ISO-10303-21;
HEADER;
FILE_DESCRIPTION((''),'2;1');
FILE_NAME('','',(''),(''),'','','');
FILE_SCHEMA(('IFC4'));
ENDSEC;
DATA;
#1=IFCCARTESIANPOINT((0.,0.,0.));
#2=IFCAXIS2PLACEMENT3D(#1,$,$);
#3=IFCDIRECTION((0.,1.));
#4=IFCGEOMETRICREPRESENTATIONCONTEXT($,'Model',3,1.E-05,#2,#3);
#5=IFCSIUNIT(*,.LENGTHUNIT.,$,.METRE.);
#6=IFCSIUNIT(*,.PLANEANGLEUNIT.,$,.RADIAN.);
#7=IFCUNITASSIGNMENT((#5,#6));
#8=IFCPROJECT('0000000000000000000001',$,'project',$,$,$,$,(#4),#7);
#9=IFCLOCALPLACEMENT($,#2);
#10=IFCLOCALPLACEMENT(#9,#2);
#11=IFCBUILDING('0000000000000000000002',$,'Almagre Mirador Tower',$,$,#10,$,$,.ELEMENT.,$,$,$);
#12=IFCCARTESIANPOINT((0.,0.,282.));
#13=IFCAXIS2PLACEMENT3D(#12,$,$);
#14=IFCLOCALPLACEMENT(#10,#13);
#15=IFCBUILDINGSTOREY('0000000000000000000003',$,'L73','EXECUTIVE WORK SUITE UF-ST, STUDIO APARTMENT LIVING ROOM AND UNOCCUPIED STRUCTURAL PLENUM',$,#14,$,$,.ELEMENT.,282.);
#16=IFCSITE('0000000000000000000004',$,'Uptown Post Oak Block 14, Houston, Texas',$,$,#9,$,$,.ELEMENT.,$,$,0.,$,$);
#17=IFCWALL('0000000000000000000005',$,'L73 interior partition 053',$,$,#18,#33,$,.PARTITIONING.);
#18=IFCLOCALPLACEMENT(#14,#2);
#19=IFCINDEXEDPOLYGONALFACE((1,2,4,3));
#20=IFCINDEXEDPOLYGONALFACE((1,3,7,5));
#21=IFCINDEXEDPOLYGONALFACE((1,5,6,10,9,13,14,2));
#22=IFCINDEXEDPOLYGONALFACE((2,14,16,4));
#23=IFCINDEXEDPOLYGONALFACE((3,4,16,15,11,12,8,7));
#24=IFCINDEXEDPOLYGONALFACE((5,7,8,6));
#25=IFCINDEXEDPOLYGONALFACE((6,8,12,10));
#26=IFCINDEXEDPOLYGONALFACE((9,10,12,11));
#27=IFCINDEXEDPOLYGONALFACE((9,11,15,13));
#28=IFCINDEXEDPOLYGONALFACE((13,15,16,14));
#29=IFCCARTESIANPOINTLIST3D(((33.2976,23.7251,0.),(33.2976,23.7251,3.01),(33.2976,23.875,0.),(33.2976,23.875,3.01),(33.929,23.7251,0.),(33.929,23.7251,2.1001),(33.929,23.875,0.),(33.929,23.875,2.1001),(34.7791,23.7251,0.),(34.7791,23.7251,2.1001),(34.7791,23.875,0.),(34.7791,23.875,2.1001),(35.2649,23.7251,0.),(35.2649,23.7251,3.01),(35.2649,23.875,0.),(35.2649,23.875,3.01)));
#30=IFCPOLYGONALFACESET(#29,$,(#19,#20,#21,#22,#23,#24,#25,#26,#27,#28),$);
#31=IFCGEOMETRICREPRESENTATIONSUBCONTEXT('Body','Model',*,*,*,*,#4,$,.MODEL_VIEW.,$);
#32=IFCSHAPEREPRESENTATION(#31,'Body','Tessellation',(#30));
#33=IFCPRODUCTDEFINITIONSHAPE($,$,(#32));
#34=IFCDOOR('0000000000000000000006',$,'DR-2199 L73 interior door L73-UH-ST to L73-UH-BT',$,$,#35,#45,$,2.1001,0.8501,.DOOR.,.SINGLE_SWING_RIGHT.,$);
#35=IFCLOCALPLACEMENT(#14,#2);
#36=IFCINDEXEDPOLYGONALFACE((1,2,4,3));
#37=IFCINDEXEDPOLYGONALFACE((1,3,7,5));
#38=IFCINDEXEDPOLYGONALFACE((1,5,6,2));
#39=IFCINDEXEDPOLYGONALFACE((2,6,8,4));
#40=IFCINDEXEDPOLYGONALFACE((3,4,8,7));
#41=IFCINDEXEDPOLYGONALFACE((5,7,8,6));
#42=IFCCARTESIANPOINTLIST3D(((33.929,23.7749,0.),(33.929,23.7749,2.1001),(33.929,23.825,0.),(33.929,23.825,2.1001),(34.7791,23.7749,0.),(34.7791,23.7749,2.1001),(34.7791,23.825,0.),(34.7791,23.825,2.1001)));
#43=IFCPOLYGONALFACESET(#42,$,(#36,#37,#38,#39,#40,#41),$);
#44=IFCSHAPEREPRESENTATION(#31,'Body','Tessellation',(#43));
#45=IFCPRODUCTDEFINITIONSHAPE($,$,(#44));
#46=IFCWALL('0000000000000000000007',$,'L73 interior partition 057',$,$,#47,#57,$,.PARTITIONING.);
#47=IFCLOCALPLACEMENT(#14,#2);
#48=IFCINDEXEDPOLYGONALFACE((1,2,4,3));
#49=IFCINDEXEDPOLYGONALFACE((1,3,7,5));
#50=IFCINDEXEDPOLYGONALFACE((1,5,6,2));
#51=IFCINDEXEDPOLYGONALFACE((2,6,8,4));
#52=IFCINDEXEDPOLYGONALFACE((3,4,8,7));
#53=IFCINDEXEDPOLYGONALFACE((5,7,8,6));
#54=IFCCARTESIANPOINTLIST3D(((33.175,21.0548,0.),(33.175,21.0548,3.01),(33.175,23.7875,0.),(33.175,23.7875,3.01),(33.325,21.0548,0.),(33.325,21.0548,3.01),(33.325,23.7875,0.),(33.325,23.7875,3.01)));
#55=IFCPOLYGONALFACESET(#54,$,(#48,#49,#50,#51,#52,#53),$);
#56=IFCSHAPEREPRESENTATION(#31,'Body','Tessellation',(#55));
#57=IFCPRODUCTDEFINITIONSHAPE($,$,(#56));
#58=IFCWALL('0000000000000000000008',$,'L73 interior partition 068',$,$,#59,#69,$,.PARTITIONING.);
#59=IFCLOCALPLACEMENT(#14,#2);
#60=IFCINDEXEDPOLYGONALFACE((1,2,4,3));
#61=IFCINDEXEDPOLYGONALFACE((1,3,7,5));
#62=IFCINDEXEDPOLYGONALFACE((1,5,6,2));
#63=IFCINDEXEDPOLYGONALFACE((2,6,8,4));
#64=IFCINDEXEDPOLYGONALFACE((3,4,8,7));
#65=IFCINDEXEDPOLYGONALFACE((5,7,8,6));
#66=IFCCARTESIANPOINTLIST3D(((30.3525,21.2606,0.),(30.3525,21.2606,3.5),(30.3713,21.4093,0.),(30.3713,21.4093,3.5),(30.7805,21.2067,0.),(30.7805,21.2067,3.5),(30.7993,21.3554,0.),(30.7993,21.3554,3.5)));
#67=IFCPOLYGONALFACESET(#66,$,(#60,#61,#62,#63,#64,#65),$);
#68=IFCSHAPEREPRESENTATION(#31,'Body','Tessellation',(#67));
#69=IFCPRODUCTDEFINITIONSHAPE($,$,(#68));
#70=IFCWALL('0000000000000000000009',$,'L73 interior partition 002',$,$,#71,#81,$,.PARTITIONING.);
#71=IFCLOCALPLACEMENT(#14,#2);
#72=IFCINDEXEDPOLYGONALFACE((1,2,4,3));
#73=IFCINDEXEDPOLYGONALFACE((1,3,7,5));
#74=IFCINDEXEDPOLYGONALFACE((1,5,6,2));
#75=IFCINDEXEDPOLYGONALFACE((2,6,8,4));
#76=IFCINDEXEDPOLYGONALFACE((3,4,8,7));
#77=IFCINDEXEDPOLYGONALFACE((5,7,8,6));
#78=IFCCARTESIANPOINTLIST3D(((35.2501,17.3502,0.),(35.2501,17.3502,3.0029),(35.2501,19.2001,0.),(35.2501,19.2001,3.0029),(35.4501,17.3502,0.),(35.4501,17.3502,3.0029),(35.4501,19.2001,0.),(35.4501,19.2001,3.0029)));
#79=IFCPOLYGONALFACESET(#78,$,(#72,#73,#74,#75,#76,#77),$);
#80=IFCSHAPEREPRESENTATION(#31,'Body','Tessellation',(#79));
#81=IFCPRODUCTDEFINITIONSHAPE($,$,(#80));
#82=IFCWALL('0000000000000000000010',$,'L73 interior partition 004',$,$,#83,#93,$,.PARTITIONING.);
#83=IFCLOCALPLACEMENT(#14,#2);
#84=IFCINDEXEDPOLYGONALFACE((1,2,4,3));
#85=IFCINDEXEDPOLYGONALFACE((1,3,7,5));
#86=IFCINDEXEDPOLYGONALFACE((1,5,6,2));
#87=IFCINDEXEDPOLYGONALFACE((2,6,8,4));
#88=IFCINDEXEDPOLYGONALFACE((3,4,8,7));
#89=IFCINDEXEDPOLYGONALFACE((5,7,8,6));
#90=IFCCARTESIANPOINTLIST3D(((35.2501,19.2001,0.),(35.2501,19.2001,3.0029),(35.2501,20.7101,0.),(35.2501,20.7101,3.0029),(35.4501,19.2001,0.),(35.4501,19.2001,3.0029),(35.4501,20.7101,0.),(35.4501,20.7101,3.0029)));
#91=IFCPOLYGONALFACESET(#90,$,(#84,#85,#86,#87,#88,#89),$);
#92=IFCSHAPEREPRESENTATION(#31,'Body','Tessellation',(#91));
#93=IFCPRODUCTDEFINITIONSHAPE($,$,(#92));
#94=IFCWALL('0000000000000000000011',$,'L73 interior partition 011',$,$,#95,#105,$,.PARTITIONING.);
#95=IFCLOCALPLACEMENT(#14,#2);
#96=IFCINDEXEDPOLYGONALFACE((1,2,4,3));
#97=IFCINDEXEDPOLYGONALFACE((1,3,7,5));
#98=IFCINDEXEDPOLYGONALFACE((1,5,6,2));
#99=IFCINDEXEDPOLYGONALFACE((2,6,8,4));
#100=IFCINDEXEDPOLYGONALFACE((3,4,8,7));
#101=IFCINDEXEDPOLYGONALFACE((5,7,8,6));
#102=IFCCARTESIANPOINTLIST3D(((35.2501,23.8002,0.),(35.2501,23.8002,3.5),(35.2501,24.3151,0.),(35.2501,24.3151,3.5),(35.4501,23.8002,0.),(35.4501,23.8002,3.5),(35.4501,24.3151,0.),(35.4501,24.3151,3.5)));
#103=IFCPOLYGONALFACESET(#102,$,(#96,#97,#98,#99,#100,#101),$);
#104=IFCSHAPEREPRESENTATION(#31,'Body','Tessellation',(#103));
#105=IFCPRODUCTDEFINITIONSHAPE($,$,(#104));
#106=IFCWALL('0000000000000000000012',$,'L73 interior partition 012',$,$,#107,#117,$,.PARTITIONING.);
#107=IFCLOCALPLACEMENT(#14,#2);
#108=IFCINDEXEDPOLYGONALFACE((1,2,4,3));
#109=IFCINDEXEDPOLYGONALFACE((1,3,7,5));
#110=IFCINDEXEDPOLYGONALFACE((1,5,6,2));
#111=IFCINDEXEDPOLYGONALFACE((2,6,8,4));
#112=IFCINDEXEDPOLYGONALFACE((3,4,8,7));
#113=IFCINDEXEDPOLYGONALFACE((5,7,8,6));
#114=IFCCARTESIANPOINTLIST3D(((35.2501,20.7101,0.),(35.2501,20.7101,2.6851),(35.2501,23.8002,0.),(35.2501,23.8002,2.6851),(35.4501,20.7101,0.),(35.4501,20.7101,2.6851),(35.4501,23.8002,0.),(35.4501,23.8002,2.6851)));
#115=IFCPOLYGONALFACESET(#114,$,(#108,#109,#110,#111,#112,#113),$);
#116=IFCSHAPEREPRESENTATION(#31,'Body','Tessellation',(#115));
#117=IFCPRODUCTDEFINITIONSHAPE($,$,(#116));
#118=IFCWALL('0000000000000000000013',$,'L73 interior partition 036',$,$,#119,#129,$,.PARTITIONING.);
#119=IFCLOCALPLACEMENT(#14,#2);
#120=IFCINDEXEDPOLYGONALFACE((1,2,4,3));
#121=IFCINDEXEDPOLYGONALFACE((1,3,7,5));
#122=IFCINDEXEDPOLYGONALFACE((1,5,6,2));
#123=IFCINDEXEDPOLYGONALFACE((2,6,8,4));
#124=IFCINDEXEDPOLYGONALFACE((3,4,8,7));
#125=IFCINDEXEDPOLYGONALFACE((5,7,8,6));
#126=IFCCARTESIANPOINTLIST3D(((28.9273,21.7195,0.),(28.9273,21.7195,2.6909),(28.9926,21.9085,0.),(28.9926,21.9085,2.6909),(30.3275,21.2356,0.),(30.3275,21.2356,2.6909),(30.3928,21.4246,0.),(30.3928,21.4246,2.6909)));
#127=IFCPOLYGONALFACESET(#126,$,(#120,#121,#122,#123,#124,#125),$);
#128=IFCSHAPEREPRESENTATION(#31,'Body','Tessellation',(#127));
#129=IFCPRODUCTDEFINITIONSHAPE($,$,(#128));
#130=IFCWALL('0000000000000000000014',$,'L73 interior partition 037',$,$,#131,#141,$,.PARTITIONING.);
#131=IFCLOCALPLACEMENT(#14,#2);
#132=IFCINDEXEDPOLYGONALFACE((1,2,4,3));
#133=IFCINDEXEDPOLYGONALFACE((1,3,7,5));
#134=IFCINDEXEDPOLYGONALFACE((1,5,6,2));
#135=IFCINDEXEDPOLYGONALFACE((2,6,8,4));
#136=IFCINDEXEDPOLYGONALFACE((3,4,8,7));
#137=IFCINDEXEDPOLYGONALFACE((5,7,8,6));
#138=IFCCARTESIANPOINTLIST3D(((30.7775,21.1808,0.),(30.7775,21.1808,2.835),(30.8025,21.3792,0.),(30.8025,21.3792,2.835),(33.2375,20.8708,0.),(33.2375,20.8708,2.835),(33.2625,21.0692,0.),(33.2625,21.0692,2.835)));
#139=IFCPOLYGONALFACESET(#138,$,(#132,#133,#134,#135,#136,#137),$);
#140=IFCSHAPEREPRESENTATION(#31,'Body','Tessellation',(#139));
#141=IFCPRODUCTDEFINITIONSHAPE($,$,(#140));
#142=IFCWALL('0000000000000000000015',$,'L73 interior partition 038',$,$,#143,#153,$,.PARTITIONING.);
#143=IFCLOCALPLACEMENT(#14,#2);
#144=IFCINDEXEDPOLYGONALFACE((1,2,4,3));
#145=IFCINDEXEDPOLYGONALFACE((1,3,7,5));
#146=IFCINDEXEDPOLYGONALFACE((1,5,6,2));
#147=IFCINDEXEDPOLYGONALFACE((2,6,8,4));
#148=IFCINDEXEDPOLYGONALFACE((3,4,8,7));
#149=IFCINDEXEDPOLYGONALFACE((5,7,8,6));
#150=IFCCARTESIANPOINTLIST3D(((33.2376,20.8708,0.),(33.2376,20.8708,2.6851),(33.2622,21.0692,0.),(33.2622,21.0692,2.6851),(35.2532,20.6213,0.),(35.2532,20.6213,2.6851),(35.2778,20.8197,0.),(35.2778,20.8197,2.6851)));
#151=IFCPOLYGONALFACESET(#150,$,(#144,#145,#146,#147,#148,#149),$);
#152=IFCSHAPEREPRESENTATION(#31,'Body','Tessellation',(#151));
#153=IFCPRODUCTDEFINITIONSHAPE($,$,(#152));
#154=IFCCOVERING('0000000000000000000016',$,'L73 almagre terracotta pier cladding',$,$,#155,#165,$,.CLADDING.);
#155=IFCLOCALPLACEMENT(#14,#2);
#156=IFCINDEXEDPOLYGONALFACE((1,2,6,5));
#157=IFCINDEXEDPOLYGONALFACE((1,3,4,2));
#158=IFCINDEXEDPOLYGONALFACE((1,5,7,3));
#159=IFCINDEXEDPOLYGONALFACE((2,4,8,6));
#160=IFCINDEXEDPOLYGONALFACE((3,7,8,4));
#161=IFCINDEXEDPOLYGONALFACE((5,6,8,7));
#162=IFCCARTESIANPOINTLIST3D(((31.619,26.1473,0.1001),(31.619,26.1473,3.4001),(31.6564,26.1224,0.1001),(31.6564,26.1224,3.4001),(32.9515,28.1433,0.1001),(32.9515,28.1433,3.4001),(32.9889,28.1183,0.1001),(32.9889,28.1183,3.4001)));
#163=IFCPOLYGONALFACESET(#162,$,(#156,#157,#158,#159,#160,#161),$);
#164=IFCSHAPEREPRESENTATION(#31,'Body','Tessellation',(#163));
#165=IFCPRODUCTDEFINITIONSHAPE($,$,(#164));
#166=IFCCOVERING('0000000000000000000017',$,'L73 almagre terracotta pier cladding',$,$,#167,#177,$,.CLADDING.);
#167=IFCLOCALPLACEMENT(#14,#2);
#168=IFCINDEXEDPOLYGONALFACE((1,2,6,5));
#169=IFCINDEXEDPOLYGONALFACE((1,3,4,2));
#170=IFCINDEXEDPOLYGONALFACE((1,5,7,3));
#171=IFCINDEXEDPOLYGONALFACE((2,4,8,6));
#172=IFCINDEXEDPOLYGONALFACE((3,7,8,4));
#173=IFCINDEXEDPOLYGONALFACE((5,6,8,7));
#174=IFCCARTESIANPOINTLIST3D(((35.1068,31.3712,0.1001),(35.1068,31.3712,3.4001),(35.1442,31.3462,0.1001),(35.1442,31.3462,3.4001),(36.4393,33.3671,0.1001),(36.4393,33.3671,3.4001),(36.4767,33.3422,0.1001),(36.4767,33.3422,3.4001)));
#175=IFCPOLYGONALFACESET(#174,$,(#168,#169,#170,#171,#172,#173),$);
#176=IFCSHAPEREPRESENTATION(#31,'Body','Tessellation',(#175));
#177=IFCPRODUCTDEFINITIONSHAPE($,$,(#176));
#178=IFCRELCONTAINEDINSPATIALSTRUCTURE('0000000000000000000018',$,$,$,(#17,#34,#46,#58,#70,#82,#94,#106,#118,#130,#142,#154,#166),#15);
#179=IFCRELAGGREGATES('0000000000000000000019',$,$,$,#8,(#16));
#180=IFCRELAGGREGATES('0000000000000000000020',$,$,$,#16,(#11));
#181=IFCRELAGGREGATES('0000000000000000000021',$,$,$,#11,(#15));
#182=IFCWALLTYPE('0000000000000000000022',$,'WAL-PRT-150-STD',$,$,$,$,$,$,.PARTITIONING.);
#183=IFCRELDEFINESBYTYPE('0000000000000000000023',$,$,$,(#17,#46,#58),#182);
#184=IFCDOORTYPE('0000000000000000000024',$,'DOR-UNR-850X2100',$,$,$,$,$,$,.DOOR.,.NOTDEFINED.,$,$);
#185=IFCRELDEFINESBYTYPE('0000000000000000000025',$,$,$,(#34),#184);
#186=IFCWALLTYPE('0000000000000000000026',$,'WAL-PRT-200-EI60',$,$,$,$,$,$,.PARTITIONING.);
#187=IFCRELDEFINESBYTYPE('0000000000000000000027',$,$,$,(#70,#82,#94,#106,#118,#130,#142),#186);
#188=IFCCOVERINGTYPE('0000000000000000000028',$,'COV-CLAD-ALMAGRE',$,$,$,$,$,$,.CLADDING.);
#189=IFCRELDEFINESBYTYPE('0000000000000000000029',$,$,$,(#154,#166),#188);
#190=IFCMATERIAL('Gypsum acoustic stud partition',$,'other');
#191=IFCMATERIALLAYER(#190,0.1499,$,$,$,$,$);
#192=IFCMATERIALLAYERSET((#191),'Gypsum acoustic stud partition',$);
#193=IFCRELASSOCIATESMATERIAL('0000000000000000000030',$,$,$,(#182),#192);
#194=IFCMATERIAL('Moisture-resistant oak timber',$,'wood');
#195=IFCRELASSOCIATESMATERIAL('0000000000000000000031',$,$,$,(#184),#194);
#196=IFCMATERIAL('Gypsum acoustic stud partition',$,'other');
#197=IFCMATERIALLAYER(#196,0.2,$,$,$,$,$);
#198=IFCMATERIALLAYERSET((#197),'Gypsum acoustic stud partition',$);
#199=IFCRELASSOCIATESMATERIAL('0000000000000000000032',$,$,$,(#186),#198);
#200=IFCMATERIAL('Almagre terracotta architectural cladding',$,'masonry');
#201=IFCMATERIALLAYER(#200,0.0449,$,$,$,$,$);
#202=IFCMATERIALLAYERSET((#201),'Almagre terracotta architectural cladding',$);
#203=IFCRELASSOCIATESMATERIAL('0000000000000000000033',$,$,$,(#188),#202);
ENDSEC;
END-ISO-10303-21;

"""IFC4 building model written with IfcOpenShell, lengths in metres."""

from ifc_helpers import new_model, si_unit, direction, frame, frame_2d, origin, origin_2d, place, context, subcontext, project, spatial, rectangle, extrude, material, layer, layer_set, type_object, element, fill, save


model = new_model("IFC4")

# Units and contexts
model_context = context("Model", 3, precision=1e-05, world=origin(), true_north=direction((0.0, 1.0)))
body_context = subcontext(model_context, "Body", "Model", "MODEL_VIEW")
ifc_project = project(units=[si_unit("LENGTHUNIT", "METRE"), si_unit("PLANEANGLEUNIT", "RADIAN")], contexts=[model_context])

# Site, building, storey
site_placement = place(None, origin())
site = spatial("IfcSite", under=ifc_project, at=site_placement, Name="Uptown Post Oak Block 14, Houston, Texas", CompositionType="ELEMENT", RefElevation=0.0)
building_placement = place(site_placement, origin())
building = spatial("IfcBuilding", under=site, at=building_placement, Name="Almagre Mirador Tower", CompositionType="ELEMENT")
storey_placement = place(building_placement, frame((0.0, 0.0, 282.0)))
storey = spatial("IfcBuildingStorey", under=building, at=storey_placement, Name="L73", Description="EXECUTIVE WORK SUITE UF-ST, STUDIO APARTMENT LIVING ROOM AND UNOCCUPIED STRUCTURAL PLENUM", CompositionType="ELEMENT", Elevation=282.0)

# Wall, opening, door
ifc_material_1 = material(Name="Gypsum acoustic stud partition", Category="other")
ifc_layer_1 = layer(ifc_material_1, 0.1499)
ifc_layer_set_1 = layer_set([ifc_layer_1], Name="Gypsum acoustic stud partition")
wall_type_1 = type_object("IfcWallType", Name="WAL-PRT-150-STD", PredefinedType="PARTITIONING", material=ifc_layer_set_1)
wall_1_placement = place(storey_placement, frame((33.2976, 23.8, 0.0), z_axis=(0.0, 0.0, 1.0), x_axis=(1.0, 0.0, 0.0)))
wall_1 = element("IfcWall", 1, at=wall_1_placement, inside=storey, type_object=wall_type_1, Name="L73 interior partition 053", PredefinedType="PARTITIONING", context=body_context, shape_type="SweptSolid", body=[
    extrude(rectangle(XDim=1.9673, YDim=0.1499, at=frame_2d((0.9836, 0.0))), origin(), (0.0, 0.0, 1.0), 3.01),
])
opening_1_placement = place(wall_1_placement, frame((0.6313, 0.0, 0.0)))
opening_1 = element("IfcOpeningElement", 2, at=opening_1_placement, cuts=wall_1, PredefinedType="OPENING", context=body_context, shape_type="SweptSolid", body=[
    extrude(rectangle(XDim=0.8501, YDim=2.1001, at=frame_2d((0.425, 1.05))), frame((0.0, 0.085, 0.0), z_axis=(0.0, -1.0, 0.0), x_axis=(1.0, 0.0, 0.0)), (0.0, 0.0, 1.0), 0.1699),
])
ifc_material_2 = material(Name="Moisture-resistant oak timber", Category="wood")
door_type_1 = type_object("IfcDoorType", Name="DOR-UNR-850X2100", OperationType="NOTDEFINED", PredefinedType="DOOR", material=ifc_material_2)
door_1_placement = place(opening_1_placement, origin())
door_1 = element("IfcDoor", 3, at=door_1_placement, inside=storey, type_object=door_type_1, Name="DR-2199 L73 interior door L73-UH-ST to L73-UH-BT", OperationType="SINGLE_SWING_RIGHT", OverallHeight=2.1001, OverallWidth=0.8501, PredefinedType="DOOR", context=body_context, shape_type="SweptSolid", body=[
    extrude(rectangle(XDim=0.8501, YDim=2.1001, at=frame_2d((0.425, 1.05))), frame((0.0, 0.0249, 0.0), z_axis=(0.0, -1.0, 0.0), x_axis=(1.0, 0.0, 0.0)), (0.0, 0.0, 1.0), 0.05),
])
fill(opening_1, door_1)

# Walls
wall_2_placement = place(storey_placement, frame((33.25, 21.0549, 0.0), z_axis=(0.0, 0.0, 1.0), x_axis=(0.0, 1.0, 0.0)))
element("IfcWall", 4, at=wall_2_placement, inside=storey, type_object=wall_type_1, Name="L73 interior partition 057", PredefinedType="PARTITIONING", context=body_context, shape_type="SweptSolid", body=[
    extrude(rectangle(XDim=2.7327, YDim=0.1499, at=frame_2d((1.3662, 0.0))), origin(), (0.0, 0.0, 1.0), 3.01),
])
wall_3_placement = place(storey_placement, frame((30.79, 21.281, 0.0), z_axis=(0.0, 0.0, 1.0), x_axis=(-0.992147, 0.12508, 0.0)))
element("IfcWall", 5, at=wall_3_placement, inside=storey, type_object=wall_type_1, Name="L73 interior partition 068", PredefinedType="PARTITIONING", context=body_context, shape_type="SweptSolid", body=[
    extrude(rectangle(XDim=0.4314, YDim=0.1499, at=frame_2d((0.2158, 0.0))), origin(), (0.0, 0.0, 1.0), 3.5),
])
ifc_material_3 = material(Name="Gypsum acoustic stud partition", Category="other")
ifc_layer_2 = layer(ifc_material_3, 0.2)
ifc_layer_set_2 = layer_set([ifc_layer_2], Name="Gypsum acoustic stud partition")
wall_type_2 = type_object("IfcWallType", Name="WAL-PRT-200-EI60", PredefinedType="PARTITIONING", material=ifc_layer_set_2)
wall_4_placement = place(storey_placement, frame((35.3501, 19.2, 0.0), z_axis=(0.0, 0.0, 1.0), x_axis=(0.0, -1.0, 0.0)))
element("IfcWall", 6, at=wall_4_placement, inside=storey, type_object=wall_type_2, Name="L73 interior partition 002", PredefinedType="PARTITIONING", context=body_context, shape_type="SweptSolid", body=[
    extrude(rectangle(XDim=1.8499, YDim=0.2, at=frame_2d((0.9248, 0.0))), origin(), (0.0, 0.0, 1.0), 3.0029),
])
wall_5_placement = place(storey_placement, frame((35.3501, 20.71, 0.0), z_axis=(0.0, 0.0, 1.0), x_axis=(0.0, -1.0, 0.0)))
element("IfcWall", 7, at=wall_5_placement, inside=storey, type_object=wall_type_2, Name="L73 interior partition 004", PredefinedType="PARTITIONING", context=body_context, shape_type="SweptSolid", body=[
    extrude(rectangle(XDim=1.51, YDim=0.2, at=frame_2d((0.7549, 0.0))), origin(), (0.0, 0.0, 1.0), 3.0029),
])
wall_6_placement = place(storey_placement, frame((35.3501, 24.3149, 0.0), z_axis=(0.0, 0.0, 1.0), x_axis=(0.0, -1.0, 0.0)))
element("IfcWall", 8, at=wall_6_placement, inside=storey, type_object=wall_type_2, Name="L73 interior partition 011", PredefinedType="PARTITIONING", context=body_context, shape_type="SweptSolid", body=[
    extrude(rectangle(XDim=0.5149, YDim=0.2, at=frame_2d((0.2573, 0.0))), origin(), (0.0, 0.0, 1.0), 3.5),
])
wall_7_placement = place(storey_placement, frame((35.3501, 23.8, 0.0), z_axis=(0.0, 0.0, 1.0), x_axis=(0.0, -1.0, 0.0)))
element("IfcWall", 9, at=wall_7_placement, inside=storey, type_object=wall_type_2, Name="L73 interior partition 012", PredefinedType="PARTITIONING", context=body_context, shape_type="SweptSolid", body=[
    extrude(rectangle(XDim=3.0901, YDim=0.2, at=frame_2d((1.5449, 0.0))), origin(), (0.0, 0.0, 1.0), 2.6851),
])
wall_8_placement = place(storey_placement, frame((30.3601, 21.3301, 0.0), z_axis=(0.0, 0.0, 1.0), x_axis=(-0.945149, 0.326641, 0.0)))
element("IfcWall", 10, at=wall_8_placement, inside=storey, type_object=wall_type_2, Name="L73 interior partition 036", PredefinedType="PARTITIONING", context=body_context, shape_type="SweptSolid", body=[
    extrude(rectangle(XDim=1.4814, YDim=0.2, at=frame_2d((0.7407, 0.0))), origin(), (0.0, 0.0, 1.0), 2.6909),
])
wall_9_placement = place(storey_placement, frame((33.25, 20.97, 0.0), z_axis=(0.0, 0.0, 1.0), x_axis=(-0.99215, 0.125053, 0.0)))
element("IfcWall", 11, at=wall_9_placement, inside=storey, type_object=wall_type_2, Name="L73 interior partition 037", PredefinedType="PARTITIONING", context=body_context, shape_type="SweptSolid", body=[
    extrude(rectangle(XDim=2.4795, YDim=0.2, at=frame_2d((1.2397, 0.0))), origin(), (0.0, 0.0, 1.0), 2.835),
])
wall_10_placement = place(storey_placement, frame((35.2656, 20.7205, 0.0), z_axis=(0.0, 0.0, 1.0), x_axis=(-0.992425, 0.122851, 0.0)))
element("IfcWall", 12, at=wall_10_placement, inside=storey, type_object=wall_type_2, Name="L73 interior partition 038", PredefinedType="PARTITIONING", context=body_context, shape_type="SweptSolid", body=[
    extrude(rectangle(XDim=2.031, YDim=0.2, at=frame_2d((1.0156, 0.0))), origin(), (0.0, 0.0, 1.0), 2.6851),
])

# Coverings
ifc_material_4 = material(Name="Almagre terracotta architectural cladding", Category="masonry")
ifc_layer_3 = layer(ifc_material_4, 0.0449)
ifc_layer_set_3 = layer_set([ifc_layer_3], Name="Almagre terracotta architectural cladding")
covering_type = type_object("IfcCoveringType", Name="COV-CLAD-ALMAGRE", PredefinedType="CLADDING", material=ifc_layer_set_3)
for number, where, z_axis, x_axis, name in (
    (13, (32.304, 27.1328, 0.1001), (0.0, 0.0, 1.0), (0.555251, 0.831683, 0.0), "L73 almagre terracotta pier cladding"),
    (14, (35.7917, 32.3567, 0.1001), (0.0, 0.0, 1.0), (0.555251, 0.831683, 0.0), "L73 almagre terracotta pier cladding"),
):
    element("IfcCovering", number, at=place(storey_placement, frame(where, z_axis=z_axis, x_axis=x_axis)), inside=storey, type_object=covering_type, Name=name, PredefinedType="CLADDING", context=body_context, shape_type="SweptSolid", body=[
        extrude(rectangle(XDim=2.3999, YDim=0.0449, at=origin_2d()), origin(), (0.0, 0.0, 1.0), 3.3),
    ])

save(model, "model.ifc")
